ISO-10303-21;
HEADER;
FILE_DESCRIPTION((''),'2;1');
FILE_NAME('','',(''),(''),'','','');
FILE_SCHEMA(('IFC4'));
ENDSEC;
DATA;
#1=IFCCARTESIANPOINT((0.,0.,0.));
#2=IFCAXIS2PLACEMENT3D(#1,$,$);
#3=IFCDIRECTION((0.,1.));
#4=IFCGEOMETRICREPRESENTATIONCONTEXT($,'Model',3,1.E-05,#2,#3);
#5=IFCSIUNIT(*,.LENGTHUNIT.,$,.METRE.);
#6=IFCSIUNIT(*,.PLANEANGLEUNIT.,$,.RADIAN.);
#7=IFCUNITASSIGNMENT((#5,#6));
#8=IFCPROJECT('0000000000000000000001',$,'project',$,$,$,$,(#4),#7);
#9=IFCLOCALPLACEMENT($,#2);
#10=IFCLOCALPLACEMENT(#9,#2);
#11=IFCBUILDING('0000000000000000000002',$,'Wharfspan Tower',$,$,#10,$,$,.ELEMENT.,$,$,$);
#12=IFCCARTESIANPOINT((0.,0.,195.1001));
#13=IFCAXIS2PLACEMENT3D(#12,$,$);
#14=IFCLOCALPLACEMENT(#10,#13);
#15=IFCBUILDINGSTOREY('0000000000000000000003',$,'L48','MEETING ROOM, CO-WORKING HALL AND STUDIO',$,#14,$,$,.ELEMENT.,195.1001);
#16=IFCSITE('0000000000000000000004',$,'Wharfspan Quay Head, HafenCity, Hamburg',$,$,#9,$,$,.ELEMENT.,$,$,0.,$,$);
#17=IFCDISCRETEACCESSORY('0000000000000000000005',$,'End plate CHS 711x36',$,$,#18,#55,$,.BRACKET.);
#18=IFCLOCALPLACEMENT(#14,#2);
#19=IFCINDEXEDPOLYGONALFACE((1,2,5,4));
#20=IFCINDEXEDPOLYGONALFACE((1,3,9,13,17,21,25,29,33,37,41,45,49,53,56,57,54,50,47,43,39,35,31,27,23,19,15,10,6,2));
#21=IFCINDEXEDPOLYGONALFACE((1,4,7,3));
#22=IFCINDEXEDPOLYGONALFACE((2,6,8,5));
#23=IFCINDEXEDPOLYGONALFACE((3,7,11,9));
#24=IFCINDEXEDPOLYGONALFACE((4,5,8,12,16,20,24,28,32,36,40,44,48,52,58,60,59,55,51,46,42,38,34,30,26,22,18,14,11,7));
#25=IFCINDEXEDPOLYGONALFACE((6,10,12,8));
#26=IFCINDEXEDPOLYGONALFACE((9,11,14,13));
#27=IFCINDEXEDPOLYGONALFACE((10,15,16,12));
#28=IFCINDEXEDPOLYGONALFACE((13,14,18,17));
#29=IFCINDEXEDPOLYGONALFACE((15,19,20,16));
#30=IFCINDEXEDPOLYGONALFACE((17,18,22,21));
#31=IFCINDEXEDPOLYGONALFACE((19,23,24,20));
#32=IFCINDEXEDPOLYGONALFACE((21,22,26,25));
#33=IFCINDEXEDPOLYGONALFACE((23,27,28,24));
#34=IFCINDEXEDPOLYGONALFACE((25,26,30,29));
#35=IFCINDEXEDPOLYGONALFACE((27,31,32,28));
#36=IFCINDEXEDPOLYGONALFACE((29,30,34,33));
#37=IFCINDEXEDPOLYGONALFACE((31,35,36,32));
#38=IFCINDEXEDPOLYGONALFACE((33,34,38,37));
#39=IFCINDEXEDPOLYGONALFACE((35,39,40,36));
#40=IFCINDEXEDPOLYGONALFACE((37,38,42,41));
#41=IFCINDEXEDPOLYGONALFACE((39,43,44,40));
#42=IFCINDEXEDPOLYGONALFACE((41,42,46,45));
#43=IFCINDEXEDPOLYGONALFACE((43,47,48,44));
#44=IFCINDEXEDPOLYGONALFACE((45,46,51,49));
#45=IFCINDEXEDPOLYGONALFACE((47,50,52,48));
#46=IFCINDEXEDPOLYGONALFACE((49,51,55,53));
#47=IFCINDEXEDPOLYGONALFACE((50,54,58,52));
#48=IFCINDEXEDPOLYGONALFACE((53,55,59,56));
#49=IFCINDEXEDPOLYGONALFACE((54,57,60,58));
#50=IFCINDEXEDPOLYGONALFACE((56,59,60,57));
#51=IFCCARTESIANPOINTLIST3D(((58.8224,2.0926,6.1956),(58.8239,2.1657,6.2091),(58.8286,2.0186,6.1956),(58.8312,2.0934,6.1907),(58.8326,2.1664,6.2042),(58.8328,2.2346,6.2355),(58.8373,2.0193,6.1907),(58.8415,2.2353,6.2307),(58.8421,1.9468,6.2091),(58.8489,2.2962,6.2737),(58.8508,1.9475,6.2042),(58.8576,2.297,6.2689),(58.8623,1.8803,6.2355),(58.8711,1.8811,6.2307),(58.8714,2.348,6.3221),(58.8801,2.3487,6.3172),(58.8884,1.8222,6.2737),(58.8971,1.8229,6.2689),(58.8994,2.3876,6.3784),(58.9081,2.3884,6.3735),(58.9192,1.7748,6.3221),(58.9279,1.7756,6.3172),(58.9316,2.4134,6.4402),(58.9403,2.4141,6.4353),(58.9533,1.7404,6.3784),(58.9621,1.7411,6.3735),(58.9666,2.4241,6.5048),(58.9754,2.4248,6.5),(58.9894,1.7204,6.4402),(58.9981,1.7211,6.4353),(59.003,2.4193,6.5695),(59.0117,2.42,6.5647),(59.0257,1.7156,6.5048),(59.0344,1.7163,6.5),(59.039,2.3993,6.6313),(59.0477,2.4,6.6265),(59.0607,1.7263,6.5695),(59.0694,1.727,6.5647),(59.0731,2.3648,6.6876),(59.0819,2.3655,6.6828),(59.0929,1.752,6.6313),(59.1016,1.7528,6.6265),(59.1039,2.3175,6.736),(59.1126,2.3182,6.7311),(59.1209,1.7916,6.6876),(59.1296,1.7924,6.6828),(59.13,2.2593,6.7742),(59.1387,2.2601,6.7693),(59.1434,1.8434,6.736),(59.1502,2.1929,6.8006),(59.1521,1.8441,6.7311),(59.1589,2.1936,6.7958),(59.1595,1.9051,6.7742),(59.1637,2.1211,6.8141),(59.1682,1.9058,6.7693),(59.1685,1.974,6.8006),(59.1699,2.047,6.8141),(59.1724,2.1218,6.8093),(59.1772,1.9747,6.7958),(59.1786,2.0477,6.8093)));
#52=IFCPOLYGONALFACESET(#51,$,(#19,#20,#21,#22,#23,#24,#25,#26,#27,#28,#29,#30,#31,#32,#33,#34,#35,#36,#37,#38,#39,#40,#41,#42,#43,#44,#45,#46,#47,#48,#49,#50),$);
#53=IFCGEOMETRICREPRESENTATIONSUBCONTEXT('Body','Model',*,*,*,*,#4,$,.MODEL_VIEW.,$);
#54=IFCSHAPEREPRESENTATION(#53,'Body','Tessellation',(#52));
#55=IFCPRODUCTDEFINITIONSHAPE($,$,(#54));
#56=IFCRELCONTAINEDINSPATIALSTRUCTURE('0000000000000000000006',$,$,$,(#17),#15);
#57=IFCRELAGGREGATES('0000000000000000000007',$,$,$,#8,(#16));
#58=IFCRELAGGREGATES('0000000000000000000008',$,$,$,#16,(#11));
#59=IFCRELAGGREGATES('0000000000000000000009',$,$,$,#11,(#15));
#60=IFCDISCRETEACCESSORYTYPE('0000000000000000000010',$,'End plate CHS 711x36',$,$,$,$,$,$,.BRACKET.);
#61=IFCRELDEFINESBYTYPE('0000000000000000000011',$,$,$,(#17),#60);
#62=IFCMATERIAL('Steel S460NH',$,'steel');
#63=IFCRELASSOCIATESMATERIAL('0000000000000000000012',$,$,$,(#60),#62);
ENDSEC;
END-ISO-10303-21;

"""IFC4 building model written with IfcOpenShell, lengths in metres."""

from ifc_helpers import new_model, si_unit, direction, frame, origin, origin_2d, place, context, subcontext, project, spatial, circle, extrude, material, material_profile, profile_set, type_object, element, save


model = new_model("IFC4")

# Units and contexts
model_context = context("Model", 3, precision=1e-05, world=origin(), true_north=direction((0.0, 1.0)))
body_context = subcontext(model_context, "Body", "Model", "MODEL_VIEW")
ifc_project = project(units=[si_unit("LENGTHUNIT", "METRE"), si_unit("PLANEANGLEUNIT", "RADIAN")], contexts=[model_context])

# Site, building, storey
site_placement = place(None, origin())
site = spatial("IfcSite", under=ifc_project, at=site_placement, Name="Wharfspan Quay Head, HafenCity, Hamburg", CompositionType="ELEMENT", RefElevation=0.0)
building_placement = place(site_placement, origin())
building = spatial("IfcBuilding", under=site, at=building_placement, Name="Wharfspan Tower", CompositionType="ELEMENT")
storey_placement = place(building_placement, frame((0.0, 0.0, 195.1001)))
storey = spatial("IfcBuildingStorey", under=building, at=storey_placement, Name="L48", Description="MEETING ROOM, CO-WORKING HALL AND STUDIO", CompositionType="ELEMENT", Elevation=195.1001)

# Shared definitions
ifc_material_1 = material(Name="Steel S460NH", Category="steel")

# Discrete accessory
ifc_material_profile_1 = material_profile(ifc_material_1, circle(Radius=0.3555, at=origin_2d()))
ifc_profile_set_1 = profile_set([ifc_material_profile_1], Name="Steel S460NH")
discrete_accessory_type = type_object("IfcDiscreteAccessoryType", Name="End plate CHS 711x36", PredefinedType="BRACKET", material=ifc_profile_set_1)
for number, where, z_axis, x_axis, name in (
    (1, (59.0049, 2.0706, 6.5), (-0.871847, -0.072654, 0.484359), (0.083044, -0.996547, -0.000003), "End plate CHS 711x36"),
):
    element("IfcDiscreteAccessory", number, at=place(storey_placement, frame(where, z_axis=z_axis, x_axis=x_axis)), inside=storey, type_object=discrete_accessory_type, Name=name, PredefinedType="BRACKET", context=body_context, shape_type="SweptSolid", body=[
        extrude(circle(Radius=0.3555, at=origin_2d()), origin(), (0.0, 0.0, 1.0), 0.01),
    ])

save(model, "model.ifc")
